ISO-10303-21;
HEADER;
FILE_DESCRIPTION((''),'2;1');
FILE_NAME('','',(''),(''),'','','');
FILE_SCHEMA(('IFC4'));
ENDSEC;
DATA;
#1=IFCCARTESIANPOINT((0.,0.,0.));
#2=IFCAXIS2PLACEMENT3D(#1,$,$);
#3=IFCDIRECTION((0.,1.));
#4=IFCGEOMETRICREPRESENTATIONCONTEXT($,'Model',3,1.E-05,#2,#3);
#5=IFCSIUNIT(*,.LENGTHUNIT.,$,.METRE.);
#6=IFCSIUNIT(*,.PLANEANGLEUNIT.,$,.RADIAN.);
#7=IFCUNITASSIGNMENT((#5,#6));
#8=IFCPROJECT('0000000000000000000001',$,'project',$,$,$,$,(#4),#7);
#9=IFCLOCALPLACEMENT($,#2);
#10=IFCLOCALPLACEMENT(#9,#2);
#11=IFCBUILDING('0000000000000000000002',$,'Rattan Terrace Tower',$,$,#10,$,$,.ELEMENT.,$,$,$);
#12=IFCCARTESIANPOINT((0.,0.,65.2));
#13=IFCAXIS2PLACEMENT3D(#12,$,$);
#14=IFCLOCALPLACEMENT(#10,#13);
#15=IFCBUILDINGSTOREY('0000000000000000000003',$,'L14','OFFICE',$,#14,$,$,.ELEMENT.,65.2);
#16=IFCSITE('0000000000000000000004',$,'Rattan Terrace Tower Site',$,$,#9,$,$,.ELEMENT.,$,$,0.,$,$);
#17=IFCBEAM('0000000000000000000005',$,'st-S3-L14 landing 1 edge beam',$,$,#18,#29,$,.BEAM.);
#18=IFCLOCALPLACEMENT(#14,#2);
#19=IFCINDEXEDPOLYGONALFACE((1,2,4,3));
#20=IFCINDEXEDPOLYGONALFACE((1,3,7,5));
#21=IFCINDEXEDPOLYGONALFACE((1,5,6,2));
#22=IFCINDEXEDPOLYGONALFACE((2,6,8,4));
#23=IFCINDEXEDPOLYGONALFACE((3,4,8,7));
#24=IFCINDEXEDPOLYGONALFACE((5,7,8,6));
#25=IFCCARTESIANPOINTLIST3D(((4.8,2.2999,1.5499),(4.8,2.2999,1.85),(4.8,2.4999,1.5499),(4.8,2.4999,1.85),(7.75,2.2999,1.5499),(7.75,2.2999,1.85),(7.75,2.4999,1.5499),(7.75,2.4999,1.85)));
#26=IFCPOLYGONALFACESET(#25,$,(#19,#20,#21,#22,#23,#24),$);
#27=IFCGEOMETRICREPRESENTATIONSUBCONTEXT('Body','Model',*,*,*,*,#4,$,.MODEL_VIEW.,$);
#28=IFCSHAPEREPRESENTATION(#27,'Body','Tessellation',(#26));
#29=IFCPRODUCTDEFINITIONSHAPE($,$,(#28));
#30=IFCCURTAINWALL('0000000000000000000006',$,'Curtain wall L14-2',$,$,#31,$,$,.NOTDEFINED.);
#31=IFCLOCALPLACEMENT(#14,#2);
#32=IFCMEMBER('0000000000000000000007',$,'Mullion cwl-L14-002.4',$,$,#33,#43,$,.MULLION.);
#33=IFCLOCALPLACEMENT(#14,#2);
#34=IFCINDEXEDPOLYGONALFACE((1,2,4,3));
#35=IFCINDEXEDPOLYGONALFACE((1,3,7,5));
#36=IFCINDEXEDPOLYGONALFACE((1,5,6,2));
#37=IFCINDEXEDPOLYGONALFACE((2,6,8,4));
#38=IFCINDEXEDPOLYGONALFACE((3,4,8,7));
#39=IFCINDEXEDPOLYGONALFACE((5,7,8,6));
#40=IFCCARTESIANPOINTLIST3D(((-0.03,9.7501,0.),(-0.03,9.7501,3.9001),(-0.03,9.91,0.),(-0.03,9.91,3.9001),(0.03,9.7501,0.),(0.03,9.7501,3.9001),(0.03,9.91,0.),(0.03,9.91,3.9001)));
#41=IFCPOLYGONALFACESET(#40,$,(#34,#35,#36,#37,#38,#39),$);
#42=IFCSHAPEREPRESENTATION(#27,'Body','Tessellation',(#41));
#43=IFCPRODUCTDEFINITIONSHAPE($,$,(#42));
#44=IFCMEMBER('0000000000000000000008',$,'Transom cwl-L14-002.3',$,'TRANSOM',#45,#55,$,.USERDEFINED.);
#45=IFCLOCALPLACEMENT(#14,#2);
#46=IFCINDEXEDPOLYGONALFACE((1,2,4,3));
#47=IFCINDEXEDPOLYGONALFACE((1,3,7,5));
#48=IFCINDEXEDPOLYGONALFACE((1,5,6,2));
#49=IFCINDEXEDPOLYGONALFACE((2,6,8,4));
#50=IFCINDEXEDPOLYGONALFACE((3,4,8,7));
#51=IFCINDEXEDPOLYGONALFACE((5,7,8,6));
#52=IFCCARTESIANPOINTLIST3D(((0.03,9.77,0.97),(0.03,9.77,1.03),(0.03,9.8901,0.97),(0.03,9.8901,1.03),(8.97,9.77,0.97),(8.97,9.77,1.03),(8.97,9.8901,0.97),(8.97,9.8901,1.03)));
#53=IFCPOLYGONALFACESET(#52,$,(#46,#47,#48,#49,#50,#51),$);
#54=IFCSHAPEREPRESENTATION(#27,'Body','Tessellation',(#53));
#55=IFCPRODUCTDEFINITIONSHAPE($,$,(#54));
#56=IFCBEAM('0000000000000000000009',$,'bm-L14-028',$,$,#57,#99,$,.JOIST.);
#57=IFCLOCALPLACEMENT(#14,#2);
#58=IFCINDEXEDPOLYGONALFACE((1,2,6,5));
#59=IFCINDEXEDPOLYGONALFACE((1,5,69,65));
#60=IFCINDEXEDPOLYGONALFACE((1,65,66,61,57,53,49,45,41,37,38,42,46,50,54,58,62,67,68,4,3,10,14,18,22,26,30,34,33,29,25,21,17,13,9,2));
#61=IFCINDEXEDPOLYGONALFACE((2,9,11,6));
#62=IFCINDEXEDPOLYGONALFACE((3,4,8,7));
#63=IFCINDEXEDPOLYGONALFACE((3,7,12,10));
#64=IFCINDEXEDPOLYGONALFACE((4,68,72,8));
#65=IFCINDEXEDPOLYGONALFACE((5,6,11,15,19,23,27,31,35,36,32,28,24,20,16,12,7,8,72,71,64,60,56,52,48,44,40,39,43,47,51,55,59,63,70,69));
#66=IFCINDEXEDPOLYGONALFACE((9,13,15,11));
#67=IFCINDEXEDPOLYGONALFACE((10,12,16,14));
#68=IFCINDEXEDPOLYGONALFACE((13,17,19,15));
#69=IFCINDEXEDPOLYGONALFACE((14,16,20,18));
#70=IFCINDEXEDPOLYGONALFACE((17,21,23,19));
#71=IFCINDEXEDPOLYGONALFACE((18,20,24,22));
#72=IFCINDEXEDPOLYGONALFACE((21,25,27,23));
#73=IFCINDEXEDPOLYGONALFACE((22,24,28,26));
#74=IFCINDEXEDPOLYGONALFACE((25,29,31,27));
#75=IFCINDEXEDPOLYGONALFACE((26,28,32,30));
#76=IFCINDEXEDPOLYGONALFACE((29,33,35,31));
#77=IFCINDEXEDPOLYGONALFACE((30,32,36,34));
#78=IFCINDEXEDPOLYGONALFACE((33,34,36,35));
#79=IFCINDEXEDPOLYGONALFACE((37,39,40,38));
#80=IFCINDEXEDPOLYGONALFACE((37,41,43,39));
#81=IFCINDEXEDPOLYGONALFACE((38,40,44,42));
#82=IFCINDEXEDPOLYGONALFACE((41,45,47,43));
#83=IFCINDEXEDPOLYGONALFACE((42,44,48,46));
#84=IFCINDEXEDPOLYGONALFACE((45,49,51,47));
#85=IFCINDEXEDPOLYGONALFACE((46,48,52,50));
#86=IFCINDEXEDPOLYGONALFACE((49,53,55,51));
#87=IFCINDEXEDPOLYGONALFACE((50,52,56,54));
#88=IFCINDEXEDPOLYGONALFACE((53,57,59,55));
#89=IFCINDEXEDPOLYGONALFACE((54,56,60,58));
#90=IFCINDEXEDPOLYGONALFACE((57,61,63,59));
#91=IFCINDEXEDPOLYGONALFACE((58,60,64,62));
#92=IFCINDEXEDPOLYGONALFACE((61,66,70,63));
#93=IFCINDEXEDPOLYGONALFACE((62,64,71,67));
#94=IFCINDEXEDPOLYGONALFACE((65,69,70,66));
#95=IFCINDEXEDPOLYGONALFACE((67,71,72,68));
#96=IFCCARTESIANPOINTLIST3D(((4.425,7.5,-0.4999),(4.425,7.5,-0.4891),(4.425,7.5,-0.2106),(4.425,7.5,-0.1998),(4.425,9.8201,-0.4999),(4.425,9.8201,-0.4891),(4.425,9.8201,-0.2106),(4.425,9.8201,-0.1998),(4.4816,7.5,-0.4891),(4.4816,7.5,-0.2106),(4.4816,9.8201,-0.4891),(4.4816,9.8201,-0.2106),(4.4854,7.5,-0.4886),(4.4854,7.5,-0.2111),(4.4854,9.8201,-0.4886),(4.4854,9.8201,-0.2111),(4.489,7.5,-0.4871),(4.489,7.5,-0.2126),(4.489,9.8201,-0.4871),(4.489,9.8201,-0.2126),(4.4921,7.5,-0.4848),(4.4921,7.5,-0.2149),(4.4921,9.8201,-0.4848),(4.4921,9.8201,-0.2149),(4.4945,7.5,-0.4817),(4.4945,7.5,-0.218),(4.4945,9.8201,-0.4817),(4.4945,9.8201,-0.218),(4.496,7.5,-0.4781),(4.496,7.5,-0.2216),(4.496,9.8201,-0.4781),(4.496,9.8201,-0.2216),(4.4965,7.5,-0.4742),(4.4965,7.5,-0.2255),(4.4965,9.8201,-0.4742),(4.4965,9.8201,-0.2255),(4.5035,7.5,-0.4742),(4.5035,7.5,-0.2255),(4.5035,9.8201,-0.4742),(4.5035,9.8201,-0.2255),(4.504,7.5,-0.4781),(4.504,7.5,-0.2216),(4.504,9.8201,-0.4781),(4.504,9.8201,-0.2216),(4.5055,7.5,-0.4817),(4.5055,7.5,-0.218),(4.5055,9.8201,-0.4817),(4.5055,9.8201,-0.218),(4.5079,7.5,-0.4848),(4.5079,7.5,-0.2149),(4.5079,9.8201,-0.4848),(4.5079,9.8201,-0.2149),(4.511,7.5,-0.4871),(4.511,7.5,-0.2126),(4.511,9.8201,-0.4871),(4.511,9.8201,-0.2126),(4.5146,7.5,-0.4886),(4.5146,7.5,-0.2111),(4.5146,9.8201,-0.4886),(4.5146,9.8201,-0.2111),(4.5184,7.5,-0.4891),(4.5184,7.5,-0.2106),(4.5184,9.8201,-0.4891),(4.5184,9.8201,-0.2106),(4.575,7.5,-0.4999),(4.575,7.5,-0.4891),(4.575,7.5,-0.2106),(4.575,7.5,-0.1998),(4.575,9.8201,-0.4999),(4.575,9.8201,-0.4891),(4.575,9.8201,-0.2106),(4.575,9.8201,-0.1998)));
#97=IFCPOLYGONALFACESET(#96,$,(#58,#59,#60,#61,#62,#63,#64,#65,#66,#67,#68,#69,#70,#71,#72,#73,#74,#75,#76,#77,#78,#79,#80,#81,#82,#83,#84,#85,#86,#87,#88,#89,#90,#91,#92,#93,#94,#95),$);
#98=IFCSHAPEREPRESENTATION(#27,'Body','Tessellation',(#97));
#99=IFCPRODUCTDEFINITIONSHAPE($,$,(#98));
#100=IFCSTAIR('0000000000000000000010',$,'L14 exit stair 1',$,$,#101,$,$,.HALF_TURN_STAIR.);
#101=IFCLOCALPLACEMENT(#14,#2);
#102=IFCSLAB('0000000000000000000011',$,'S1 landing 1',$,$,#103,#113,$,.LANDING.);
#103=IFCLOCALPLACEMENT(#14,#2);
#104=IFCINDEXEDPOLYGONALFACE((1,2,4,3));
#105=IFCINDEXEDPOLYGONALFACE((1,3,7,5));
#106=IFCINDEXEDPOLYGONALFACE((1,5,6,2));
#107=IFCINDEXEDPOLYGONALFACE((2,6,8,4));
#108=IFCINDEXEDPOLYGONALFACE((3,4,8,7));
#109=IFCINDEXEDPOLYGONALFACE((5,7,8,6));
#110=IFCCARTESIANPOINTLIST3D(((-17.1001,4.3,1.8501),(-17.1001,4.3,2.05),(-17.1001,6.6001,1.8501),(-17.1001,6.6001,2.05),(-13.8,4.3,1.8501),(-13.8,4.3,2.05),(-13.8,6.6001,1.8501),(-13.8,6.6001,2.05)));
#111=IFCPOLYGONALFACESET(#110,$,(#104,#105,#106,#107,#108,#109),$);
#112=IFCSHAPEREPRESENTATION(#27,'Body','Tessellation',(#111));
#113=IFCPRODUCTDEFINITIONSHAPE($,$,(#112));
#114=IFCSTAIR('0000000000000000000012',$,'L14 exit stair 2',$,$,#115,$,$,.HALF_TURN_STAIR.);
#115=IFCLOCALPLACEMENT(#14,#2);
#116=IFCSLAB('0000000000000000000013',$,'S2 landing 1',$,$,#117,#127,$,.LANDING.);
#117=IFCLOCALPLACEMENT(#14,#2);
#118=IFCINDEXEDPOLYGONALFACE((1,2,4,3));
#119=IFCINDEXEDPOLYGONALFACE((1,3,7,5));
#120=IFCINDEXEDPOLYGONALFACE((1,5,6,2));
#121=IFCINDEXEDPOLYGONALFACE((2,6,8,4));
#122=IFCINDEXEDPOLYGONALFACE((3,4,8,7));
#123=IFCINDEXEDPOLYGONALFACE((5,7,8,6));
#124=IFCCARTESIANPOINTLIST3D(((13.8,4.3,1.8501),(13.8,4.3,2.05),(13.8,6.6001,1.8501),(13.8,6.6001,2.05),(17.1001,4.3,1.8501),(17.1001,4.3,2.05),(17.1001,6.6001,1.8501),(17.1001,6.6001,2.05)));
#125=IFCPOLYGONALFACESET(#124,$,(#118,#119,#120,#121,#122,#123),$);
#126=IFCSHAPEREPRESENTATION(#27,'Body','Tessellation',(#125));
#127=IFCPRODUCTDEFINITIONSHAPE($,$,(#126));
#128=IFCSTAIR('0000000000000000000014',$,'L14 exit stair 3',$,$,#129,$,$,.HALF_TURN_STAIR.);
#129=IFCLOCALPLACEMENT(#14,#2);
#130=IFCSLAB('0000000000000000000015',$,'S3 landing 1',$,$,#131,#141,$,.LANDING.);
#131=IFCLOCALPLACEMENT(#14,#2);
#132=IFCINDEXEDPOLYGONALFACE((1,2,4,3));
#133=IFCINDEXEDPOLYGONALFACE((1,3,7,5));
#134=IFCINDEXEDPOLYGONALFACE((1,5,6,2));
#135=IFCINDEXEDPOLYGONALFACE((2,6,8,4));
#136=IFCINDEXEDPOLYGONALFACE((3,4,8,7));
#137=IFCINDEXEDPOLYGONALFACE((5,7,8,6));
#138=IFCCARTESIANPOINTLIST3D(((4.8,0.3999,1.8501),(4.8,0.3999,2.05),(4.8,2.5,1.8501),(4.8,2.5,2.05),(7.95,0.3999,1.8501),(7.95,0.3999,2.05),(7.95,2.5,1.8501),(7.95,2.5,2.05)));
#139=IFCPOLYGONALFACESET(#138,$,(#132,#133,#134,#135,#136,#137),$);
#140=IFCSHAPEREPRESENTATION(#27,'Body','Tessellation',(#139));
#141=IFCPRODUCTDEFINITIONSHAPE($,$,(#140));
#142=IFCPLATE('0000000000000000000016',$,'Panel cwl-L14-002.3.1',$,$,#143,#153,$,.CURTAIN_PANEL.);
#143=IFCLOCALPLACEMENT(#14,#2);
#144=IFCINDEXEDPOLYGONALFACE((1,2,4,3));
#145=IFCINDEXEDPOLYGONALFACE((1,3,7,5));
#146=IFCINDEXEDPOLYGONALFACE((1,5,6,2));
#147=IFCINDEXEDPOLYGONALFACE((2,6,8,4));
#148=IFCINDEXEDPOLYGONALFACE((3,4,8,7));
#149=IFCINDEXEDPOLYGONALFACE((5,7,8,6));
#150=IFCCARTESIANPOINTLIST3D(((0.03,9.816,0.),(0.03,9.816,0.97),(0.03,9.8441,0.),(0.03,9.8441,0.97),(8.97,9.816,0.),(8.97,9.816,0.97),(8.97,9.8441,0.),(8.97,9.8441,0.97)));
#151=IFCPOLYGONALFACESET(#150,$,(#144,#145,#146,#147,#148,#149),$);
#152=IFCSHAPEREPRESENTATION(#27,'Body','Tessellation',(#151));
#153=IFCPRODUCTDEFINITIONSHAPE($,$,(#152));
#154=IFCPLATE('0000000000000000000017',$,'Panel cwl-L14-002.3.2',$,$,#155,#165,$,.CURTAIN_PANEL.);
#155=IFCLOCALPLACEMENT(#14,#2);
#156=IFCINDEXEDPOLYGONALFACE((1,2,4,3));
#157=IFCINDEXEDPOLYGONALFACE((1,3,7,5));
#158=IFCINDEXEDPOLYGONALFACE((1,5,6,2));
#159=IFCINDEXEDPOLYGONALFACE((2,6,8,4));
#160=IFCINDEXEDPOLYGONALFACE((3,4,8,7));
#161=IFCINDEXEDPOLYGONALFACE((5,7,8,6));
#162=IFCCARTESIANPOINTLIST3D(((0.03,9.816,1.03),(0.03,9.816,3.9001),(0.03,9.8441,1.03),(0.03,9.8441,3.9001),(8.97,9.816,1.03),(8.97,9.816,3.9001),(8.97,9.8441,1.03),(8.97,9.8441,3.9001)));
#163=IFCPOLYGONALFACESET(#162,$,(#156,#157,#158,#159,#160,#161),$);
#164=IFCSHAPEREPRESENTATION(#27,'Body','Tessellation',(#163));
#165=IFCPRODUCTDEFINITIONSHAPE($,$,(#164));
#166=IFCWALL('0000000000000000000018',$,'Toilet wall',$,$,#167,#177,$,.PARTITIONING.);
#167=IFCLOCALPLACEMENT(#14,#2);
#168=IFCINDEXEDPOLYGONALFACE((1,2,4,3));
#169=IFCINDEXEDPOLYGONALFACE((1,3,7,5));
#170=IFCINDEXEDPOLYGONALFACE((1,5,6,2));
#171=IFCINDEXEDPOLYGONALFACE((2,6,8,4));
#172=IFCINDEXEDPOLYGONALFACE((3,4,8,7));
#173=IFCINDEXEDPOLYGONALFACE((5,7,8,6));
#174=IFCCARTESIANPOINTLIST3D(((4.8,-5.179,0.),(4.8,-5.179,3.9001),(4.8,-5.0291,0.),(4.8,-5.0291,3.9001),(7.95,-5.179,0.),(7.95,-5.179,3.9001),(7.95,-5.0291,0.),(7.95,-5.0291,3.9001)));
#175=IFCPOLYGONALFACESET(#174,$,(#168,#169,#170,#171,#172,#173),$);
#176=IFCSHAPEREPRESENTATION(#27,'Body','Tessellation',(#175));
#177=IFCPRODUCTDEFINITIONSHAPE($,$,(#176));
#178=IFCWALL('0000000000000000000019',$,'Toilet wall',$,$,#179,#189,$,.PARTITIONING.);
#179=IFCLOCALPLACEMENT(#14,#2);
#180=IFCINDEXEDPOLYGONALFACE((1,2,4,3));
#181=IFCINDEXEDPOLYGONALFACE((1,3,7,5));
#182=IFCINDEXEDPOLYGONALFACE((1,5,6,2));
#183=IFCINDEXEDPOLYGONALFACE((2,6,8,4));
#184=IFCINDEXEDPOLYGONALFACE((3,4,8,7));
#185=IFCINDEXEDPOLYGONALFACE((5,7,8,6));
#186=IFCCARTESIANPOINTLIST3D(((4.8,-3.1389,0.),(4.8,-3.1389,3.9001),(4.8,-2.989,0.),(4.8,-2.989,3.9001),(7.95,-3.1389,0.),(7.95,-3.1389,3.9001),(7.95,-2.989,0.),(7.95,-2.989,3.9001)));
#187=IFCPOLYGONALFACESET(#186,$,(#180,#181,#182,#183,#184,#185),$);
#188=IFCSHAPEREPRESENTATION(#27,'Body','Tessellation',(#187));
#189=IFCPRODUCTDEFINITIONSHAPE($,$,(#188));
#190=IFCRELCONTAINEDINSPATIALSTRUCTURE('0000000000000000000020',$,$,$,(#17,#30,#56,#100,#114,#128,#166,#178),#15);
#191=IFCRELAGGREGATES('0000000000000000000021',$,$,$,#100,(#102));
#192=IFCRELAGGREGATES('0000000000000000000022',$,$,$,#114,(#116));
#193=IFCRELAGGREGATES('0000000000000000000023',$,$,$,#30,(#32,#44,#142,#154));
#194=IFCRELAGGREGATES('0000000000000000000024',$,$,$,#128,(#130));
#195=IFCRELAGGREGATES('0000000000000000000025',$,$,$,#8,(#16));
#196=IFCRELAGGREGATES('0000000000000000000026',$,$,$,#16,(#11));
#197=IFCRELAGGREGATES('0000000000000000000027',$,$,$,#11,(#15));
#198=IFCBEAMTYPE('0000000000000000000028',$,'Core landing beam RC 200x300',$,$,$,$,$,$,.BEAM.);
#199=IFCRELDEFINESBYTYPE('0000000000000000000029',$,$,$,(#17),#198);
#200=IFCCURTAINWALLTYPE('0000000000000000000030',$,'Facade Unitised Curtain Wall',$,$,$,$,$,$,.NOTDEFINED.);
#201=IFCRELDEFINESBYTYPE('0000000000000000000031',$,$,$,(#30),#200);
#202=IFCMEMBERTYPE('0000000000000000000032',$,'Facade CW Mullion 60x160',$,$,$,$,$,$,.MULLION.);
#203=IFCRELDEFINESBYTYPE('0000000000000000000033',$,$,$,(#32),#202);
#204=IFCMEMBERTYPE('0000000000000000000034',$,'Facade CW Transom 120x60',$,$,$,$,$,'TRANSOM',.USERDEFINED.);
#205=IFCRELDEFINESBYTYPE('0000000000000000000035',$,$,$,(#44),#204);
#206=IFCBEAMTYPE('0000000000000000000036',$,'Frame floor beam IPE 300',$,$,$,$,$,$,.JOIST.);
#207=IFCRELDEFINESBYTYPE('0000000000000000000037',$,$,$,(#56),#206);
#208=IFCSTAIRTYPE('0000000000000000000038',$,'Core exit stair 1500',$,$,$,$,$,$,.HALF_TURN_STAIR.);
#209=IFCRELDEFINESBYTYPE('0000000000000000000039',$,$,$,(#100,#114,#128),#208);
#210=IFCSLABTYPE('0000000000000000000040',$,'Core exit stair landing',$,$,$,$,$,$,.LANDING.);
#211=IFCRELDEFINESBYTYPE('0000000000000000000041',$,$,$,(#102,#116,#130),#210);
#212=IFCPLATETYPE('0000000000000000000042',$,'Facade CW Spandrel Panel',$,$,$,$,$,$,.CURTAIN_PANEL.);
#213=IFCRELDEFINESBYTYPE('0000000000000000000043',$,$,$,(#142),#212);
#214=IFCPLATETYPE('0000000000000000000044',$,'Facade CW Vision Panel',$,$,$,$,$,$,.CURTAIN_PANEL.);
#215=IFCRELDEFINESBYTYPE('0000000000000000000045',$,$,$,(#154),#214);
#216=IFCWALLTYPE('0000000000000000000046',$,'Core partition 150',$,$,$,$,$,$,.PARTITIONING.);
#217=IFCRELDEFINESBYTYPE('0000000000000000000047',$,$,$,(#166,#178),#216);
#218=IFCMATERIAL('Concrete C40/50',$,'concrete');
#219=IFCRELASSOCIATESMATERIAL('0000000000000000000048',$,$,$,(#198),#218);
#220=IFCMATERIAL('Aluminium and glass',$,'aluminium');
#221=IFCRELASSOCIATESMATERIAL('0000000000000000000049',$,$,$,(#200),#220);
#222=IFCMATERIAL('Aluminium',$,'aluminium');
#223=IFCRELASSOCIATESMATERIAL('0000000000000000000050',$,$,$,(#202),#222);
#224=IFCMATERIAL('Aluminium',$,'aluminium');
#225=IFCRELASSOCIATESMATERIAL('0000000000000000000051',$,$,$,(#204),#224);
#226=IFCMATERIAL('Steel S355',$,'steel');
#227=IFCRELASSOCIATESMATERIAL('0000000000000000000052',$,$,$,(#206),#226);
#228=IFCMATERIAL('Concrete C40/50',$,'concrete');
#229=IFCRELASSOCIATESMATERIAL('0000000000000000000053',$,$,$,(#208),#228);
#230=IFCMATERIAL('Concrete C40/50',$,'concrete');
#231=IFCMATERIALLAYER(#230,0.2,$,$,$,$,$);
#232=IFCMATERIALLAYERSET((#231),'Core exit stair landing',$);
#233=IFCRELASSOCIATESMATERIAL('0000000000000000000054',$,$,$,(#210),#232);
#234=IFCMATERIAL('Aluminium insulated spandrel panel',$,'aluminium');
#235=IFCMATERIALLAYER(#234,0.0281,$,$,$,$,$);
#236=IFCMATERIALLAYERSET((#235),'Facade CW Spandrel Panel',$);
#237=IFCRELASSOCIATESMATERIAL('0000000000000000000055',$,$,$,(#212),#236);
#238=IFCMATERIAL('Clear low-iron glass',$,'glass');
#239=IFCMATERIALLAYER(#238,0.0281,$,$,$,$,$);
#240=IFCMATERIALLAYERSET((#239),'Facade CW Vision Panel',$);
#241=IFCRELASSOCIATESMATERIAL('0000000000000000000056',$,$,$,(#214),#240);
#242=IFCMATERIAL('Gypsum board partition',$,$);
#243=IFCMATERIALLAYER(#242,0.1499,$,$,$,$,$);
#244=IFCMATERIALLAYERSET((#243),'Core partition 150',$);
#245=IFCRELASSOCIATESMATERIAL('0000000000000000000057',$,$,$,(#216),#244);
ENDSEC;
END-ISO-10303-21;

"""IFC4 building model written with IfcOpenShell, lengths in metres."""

from ifc_helpers import new_model, si_unit, direction, frame, frame_2d, origin, origin_2d, place, context, subcontext, project, spatial, polyline, rectangle, i_section, outline, extrude, material, layer, layer_set, material_profile, profile_set, type_object, element, aggregate, save


model = new_model("IFC4")

# Units and contexts
model_context = context("Model", 3, precision=1e-05, world=origin(), true_north=direction((0.0, 1.0)))
body_context = subcontext(model_context, "Body", "Model", "MODEL_VIEW")
ifc_project = project(units=[si_unit("LENGTHUNIT", "METRE"), si_unit("PLANEANGLEUNIT", "RADIAN")], contexts=[model_context])

# Site, building, storey
site_placement = place(None, origin())
site = spatial("IfcSite", under=ifc_project, at=site_placement, Name="Rattan Terrace Tower Site", CompositionType="ELEMENT", RefElevation=0.0)
building_placement = place(site_placement, origin())
building = spatial("IfcBuilding", under=site, at=building_placement, Name="Rattan Terrace Tower", CompositionType="ELEMENT")
storey_placement = place(building_placement, frame((0.0, 0.0, 65.2)))
storey = spatial("IfcBuildingStorey", under=building, at=storey_placement, Name="L14", Description="OFFICE", CompositionType="ELEMENT", Elevation=65.2)

# Beam
ifc_material_1 = material(Name="Concrete C40/50", Category="concrete")
ifc_material_profile_1 = material_profile(ifc_material_1, rectangle(XDim=0.2, YDim=0.3, at=origin_2d()), Name="RC 200x300")
ifc_profile_set_1 = profile_set([ifc_material_profile_1], Name="Concrete C40/50")
beam_type_1 = type_object("IfcBeamType", Name="Core landing beam RC 200x300", PredefinedType="BEAM", material=ifc_profile_set_1)
beam_1_placement = place(storey_placement, frame((4.8, 2.3999, 1.7), z_axis=(1.0, 0.0, 0.0), x_axis=(0.0, 1.0, 0.0)))
element("IfcBeam", 1, at=beam_1_placement, inside=storey, type_object=beam_type_1, Name="st-S3-L14 landing 1 edge beam", PredefinedType="BEAM", context=body_context, shape_type="SweptSolid", body=[
    extrude(rectangle(XDim=0.2, YDim=0.3, at=origin_2d()), origin(), (0.0, 0.0, 1.0), 2.95),
])

# Curtain wall, members
ifc_material_2 = material(Name="Aluminium and glass", Category="aluminium")
curtain_wall_type = type_object("IfcCurtainWallType", Name="Facade Unitised Curtain Wall", PredefinedType="NOTDEFINED", material=ifc_material_2)
curtain_wall_placement = place(storey_placement, origin())
curtain_wall = element("IfcCurtainWall", 2, at=curtain_wall_placement, inside=storey, type_object=curtain_wall_type, Name="Curtain wall L14-2", PredefinedType="NOTDEFINED")
ifc_material_3 = material(Name="Aluminium", Category="aluminium")
ifc_material_profile_2 = material_profile(ifc_material_3, rectangle(XDim=0.0601, YDim=0.1599, at=origin_2d()), Name="Aluminium 60x160")
ifc_profile_set_2 = profile_set([ifc_material_profile_2], Name="Aluminium")
member_type_1 = type_object("IfcMemberType", Name="Facade CW Mullion 60x160", PredefinedType="MULLION", material=ifc_profile_set_2)
member_1_placement = place(storey_placement, frame((0.0, 9.8301, 0.0), z_axis=(0.0, 0.0, 1.0), x_axis=(-1.0, 0.0, 0.0)))
member_1 = element("IfcMember", 3, at=member_1_placement, type_object=member_type_1, Name="Mullion cwl-L14-002.4", PredefinedType="MULLION", context=body_context, shape_type="SweptSolid", body=[
    extrude(rectangle(XDim=0.0601, YDim=0.1599, at=origin_2d()), origin(), (0.0, 0.0, 1.0), 3.9001),
])
ifc_material_4 = material(Name="Aluminium", Category="aluminium")
ifc_material_profile_3 = material_profile(ifc_material_4, rectangle(XDim=0.1201, YDim=0.0601, at=origin_2d()), Name="Aluminium 120x60")
ifc_profile_set_3 = profile_set([ifc_material_profile_3], Name="Aluminium")
member_type_2 = type_object("IfcMemberType", Name="Facade CW Transom 120x60", ElementType="TRANSOM", PredefinedType="USERDEFINED", material=ifc_profile_set_3)
member_2_placement = place(storey_placement, frame((8.97, 9.8301, 1.0), z_axis=(-1.0, 0.0, 0.0), x_axis=(0.0, -1.0, 0.0)))
member_2 = element("IfcMember", 4, at=member_2_placement, type_object=member_type_2, Name="Transom cwl-L14-002.3", ObjectType="TRANSOM", PredefinedType="USERDEFINED", context=body_context, shape_type="SweptSolid", body=[
    extrude(rectangle(XDim=0.1201, YDim=0.0601, at=origin_2d()), origin(), (0.0, 0.0, 1.0), 8.9399),
])

# Beam
ifc_material_5 = material(Name="Steel S355", Category="steel")
ifc_material_profile_4 = material_profile(ifc_material_5, i_section(OverallWidth=0.1499, OverallDepth=0.3, WebThickness=0.0071, FlangeThickness=0.0107, FilletRadius=0.0149, at=origin_2d()), Name="IPE 300")
ifc_profile_set_4 = profile_set([ifc_material_profile_4], Name="Steel S355")
beam_type_2 = type_object("IfcBeamType", Name="Frame floor beam IPE 300", PredefinedType="JOIST", material=ifc_profile_set_4)
beam_2_placement = place(storey_placement, frame((4.5, 7.5, -0.3499), z_axis=(0.0, 1.0, 0.0), x_axis=(-1.0, 0.0, 0.0)))
element("IfcBeam", 5, at=beam_2_placement, inside=storey, type_object=beam_type_2, Name="bm-L14-028", PredefinedType="JOIST", context=body_context, shape_type="SweptSolid", body=[
    extrude(i_section(OverallWidth=0.1499, OverallDepth=0.3, WebThickness=0.0071, FlangeThickness=0.0107, FilletRadius=0.0149, at=origin_2d()), origin(), (0.0, 0.0, 1.0), 2.3201),
])

# Stairs, slabs
ifc_material_6 = material(Name="Concrete C40/50", Category="concrete")
stair_type = type_object("IfcStairType", Name="Core exit stair 1500", PredefinedType="HALF_TURN_STAIR", material=ifc_material_6)
stair_1_placement = place(storey_placement, origin())
stair_1 = element("IfcStair", 6, at=stair_1_placement, inside=storey, type_object=stair_type, Name="L14 exit stair 1", PredefinedType="HALF_TURN_STAIR")
ifc_material_7 = material(Name="Concrete C40/50", Category="concrete")
ifc_layer_1 = layer(ifc_material_7, 0.2)
ifc_layer_set_1 = layer_set([ifc_layer_1], Name="Core exit stair landing")
slab_type = type_object("IfcSlabType", Name="Core exit stair landing", PredefinedType="LANDING", material=ifc_layer_set_1)
slab_1_placement = place(storey_placement, frame((0.0, 0.0, 1.8501)))
slab_1 = element("IfcSlab", 7, at=slab_1_placement, type_object=slab_type, Name="S1 landing 1", PredefinedType="LANDING", context=body_context, shape_type="SweptSolid", body=[
    extrude(outline(polyline([(-13.8, 4.3), (-13.8, 6.6001), (-17.1001, 6.6001), (-17.1001, 4.3), (-13.8, 4.3)])), origin(), (0.0, 0.0, 1.0), 0.2),
])
aggregate(stair_1, [slab_1])
stair_2_placement = place(storey_placement, origin())
stair_2 = element("IfcStair", 8, at=stair_2_placement, inside=storey, type_object=stair_type, Name="L14 exit stair 2", PredefinedType="HALF_TURN_STAIR")
slab_2_placement = place(storey_placement, frame((0.0, 0.0, 1.8501)))
slab_2 = element("IfcSlab", 9, at=slab_2_placement, type_object=slab_type, Name="S2 landing 1", PredefinedType="LANDING", context=body_context, shape_type="SweptSolid", body=[
    extrude(outline(polyline([(17.1001, 4.3), (17.1001, 6.6001), (13.8, 6.6001), (13.8, 4.3), (17.1001, 4.3)])), origin(), (0.0, 0.0, 1.0), 0.2),
])
aggregate(stair_2, [slab_2])
stair_3_placement = place(storey_placement, origin())
stair_3 = element("IfcStair", 10, at=stair_3_placement, inside=storey, type_object=stair_type, Name="L14 exit stair 3", PredefinedType="HALF_TURN_STAIR")
slab_3_placement = place(storey_placement, frame((0.0, 0.0, 1.8501)))
slab_3 = element("IfcSlab", 11, at=slab_3_placement, type_object=slab_type, Name="S3 landing 1", PredefinedType="LANDING", context=body_context, shape_type="SweptSolid", body=[
    extrude(outline(polyline([(4.8, 2.5), (4.8, 0.3999), (7.95, 0.3999), (7.95, 2.5), (4.8, 2.5)])), origin(), (0.0, 0.0, 1.0), 0.2),
])

# Plates
ifc_material_8 = material(Name="Aluminium insulated spandrel panel", Category="aluminium")
ifc_layer_2 = layer(ifc_material_8, 0.0281)
ifc_layer_set_2 = layer_set([ifc_layer_2], Name="Facade CW Spandrel Panel")
plate_type_1 = type_object("IfcPlateType", Name="Facade CW Spandrel Panel", PredefinedType="CURTAIN_PANEL", material=ifc_layer_set_2)
plate_1_placement = place(storey_placement, frame((4.5, 9.8301, 0.0), z_axis=(0.0, 0.0, 1.0), x_axis=(-1.0, 0.0, 0.0)))
plate_1 = element("IfcPlate", 12, at=plate_1_placement, type_object=plate_type_1, Name="Panel cwl-L14-002.3.1", PredefinedType="CURTAIN_PANEL", context=body_context, shape_type="SweptSolid", body=[
    extrude(rectangle(XDim=8.9399, YDim=0.0281, at=origin_2d()), origin(), (0.0, 0.0, 1.0), 0.97),
])
ifc_material_9 = material(Name="Clear low-iron glass", Category="glass")
ifc_layer_3 = layer(ifc_material_9, 0.0281)
ifc_layer_set_3 = layer_set([ifc_layer_3], Name="Facade CW Vision Panel")
plate_type_2 = type_object("IfcPlateType", Name="Facade CW Vision Panel", PredefinedType="CURTAIN_PANEL", material=ifc_layer_set_3)
plate_2_placement = place(storey_placement, frame((4.5, 9.8301, 1.03), z_axis=(0.0, 0.0, 1.0), x_axis=(-1.0, 0.0, 0.0)))
plate_2 = element("IfcPlate", 13, at=plate_2_placement, type_object=plate_type_2, Name="Panel cwl-L14-002.3.2", PredefinedType="CURTAIN_PANEL", context=body_context, shape_type="SweptSolid", body=[
    extrude(rectangle(XDim=8.9399, YDim=0.0281, at=origin_2d()), origin(), (0.0, 0.0, 1.0), 2.8701),
])
aggregate(curtain_wall, [member_1, member_2, plate_1, plate_2])

# Walls
ifc_material_10 = material(Name="Gypsum board partition")
ifc_layer_4 = layer(ifc_material_10, 0.1499)
ifc_layer_set_4 = layer_set([ifc_layer_4], Name="Core partition 150")
wall_type_1 = type_object("IfcWallType", Name="Core partition 150", PredefinedType="PARTITIONING", material=ifc_layer_set_4)
for number, where, z_axis, x_axis, name in (
    (14, (4.8, -5.104, 0.0), (0.0, 0.0, 1.0), (1.0, 0.0, 0.0), "Toilet wall"),
    (15, (4.8, -3.064, 0.0), (0.0, 0.0, 1.0), (1.0, 0.0, 0.0), "Toilet wall"),
):
    element("IfcWall", number, at=place(storey_placement, frame(where, z_axis=z_axis, x_axis=x_axis)), inside=storey, type_object=wall_type_1, Name=name, PredefinedType="PARTITIONING", context=body_context, shape_type="SweptSolid", body=[
        extrude(rectangle(XDim=3.1499, YDim=0.1499, at=frame_2d((1.575, 0.0))), origin(), (0.0, 0.0, 1.0), 3.9001),
    ])

aggregate(stair_3, [slab_3])

save(model, "model.ifc")
